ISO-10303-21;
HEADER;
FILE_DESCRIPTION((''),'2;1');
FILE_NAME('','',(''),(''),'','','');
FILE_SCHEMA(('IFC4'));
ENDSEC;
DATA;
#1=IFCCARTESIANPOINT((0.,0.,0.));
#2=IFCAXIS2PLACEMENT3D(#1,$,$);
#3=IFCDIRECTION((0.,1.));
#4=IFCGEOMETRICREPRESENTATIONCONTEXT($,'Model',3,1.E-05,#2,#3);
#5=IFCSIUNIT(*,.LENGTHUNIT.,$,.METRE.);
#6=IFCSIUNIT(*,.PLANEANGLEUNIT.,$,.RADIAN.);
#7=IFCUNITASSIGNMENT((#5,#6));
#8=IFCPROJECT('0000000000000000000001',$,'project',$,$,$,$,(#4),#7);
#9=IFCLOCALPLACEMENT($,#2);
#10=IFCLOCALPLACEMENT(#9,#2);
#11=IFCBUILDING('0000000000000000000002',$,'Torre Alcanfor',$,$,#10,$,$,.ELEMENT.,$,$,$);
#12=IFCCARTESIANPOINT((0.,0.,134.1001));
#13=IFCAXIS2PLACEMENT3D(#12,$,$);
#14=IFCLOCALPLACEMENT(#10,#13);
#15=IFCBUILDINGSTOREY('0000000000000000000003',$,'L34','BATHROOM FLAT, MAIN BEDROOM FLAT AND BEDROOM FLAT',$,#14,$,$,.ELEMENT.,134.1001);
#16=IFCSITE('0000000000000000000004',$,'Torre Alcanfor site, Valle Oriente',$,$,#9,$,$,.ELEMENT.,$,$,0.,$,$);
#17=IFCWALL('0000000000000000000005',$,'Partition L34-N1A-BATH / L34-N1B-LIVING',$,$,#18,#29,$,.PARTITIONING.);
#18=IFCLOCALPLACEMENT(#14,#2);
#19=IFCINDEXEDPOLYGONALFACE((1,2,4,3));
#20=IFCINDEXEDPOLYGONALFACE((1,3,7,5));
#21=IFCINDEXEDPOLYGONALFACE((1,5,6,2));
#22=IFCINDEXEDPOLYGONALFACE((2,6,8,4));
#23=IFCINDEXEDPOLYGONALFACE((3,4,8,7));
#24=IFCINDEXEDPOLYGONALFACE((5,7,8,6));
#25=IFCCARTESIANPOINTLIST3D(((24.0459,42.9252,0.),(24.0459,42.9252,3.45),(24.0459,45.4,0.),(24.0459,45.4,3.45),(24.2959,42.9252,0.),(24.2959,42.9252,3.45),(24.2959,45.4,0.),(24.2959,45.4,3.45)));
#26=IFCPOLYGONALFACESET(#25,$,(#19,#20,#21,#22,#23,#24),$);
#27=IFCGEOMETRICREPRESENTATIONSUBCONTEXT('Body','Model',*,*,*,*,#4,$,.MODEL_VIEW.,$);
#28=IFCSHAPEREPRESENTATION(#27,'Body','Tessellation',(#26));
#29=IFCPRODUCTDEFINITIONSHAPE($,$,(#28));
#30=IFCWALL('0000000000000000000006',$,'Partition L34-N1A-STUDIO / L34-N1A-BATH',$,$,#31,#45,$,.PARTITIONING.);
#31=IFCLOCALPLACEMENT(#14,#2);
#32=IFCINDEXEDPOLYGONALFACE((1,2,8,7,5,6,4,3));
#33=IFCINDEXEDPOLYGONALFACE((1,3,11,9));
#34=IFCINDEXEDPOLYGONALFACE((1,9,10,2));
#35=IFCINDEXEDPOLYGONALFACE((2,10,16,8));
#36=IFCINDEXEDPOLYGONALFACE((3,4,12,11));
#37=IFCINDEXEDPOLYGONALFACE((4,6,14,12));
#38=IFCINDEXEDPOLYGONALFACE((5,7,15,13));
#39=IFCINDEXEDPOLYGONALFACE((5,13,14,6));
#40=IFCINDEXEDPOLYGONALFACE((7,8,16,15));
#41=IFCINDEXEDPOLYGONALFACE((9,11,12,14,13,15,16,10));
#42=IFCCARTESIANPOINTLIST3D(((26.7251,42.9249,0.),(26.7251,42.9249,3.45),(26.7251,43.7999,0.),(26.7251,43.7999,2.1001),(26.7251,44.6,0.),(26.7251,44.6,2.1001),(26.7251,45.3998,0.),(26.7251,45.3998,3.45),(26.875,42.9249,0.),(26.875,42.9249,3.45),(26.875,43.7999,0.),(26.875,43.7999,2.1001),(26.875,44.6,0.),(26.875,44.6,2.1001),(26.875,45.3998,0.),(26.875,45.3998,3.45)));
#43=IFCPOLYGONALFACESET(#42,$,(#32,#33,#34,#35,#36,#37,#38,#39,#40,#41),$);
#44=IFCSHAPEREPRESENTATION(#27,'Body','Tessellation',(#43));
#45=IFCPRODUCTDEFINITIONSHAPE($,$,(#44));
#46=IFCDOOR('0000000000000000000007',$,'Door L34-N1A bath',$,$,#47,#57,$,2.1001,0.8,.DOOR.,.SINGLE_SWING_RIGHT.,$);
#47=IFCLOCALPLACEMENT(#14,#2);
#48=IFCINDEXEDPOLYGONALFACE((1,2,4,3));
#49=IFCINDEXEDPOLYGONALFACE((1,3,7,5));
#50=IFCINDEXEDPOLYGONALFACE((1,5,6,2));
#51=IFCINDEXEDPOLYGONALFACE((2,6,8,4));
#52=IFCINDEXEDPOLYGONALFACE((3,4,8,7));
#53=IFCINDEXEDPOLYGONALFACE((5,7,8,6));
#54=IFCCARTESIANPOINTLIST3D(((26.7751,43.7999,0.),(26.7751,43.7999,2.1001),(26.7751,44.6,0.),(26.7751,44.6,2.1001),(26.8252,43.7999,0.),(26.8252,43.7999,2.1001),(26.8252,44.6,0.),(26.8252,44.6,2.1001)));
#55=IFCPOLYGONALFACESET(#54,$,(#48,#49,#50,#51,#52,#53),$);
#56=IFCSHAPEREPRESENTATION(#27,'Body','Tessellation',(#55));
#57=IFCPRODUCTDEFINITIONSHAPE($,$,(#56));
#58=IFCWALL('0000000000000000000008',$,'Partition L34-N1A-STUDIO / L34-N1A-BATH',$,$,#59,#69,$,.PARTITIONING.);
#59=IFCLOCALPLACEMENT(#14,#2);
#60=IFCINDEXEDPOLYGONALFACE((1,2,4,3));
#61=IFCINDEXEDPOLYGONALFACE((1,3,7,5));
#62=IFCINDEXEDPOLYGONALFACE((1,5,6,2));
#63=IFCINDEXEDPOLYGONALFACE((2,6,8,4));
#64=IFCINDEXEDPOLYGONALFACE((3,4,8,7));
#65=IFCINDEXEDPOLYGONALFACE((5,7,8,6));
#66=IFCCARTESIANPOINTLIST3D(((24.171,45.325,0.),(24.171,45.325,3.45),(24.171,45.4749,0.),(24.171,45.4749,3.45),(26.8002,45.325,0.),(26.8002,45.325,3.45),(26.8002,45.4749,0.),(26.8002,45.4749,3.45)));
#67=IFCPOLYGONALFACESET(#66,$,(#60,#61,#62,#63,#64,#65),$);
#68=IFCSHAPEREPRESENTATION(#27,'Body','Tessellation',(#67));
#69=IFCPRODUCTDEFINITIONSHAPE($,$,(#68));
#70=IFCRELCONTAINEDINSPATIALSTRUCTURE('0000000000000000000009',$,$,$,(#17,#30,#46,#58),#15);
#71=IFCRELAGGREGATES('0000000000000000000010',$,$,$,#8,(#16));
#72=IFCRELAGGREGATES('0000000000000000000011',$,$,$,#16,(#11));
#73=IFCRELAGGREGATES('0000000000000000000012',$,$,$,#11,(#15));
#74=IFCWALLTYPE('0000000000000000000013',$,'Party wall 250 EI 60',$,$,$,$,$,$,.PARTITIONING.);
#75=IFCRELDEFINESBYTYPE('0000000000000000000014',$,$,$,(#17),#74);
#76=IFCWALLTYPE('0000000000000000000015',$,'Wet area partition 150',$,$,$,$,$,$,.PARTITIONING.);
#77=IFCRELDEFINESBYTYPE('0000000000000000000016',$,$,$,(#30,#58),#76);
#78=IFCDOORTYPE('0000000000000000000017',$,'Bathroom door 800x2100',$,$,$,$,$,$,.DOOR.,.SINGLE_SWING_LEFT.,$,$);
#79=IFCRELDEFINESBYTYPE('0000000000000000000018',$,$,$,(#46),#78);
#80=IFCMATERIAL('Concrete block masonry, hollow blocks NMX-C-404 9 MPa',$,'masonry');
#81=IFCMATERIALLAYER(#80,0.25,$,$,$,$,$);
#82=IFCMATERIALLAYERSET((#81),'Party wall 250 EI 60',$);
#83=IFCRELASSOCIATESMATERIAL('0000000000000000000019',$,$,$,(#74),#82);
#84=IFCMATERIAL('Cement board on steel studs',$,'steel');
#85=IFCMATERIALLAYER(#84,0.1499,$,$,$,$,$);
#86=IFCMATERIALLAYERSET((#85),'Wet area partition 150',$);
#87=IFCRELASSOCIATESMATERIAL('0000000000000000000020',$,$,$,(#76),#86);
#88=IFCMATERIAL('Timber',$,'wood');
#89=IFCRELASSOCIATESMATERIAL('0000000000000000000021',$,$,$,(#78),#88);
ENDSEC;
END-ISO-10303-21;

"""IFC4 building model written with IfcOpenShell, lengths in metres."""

from ifc_helpers import new_model, si_unit, direction, frame, frame_2d, origin, place, context, subcontext, project, spatial, rectangle, extrude, material, layer, layer_set, type_object, element, fill, save


model = new_model("IFC4")

# Units and contexts
model_context = context("Model", 3, precision=1e-05, world=origin(), true_north=direction((0.0, 1.0)))
body_context = subcontext(model_context, "Body", "Model", "MODEL_VIEW")
ifc_project = project(units=[si_unit("LENGTHUNIT", "METRE"), si_unit("PLANEANGLEUNIT", "RADIAN")], contexts=[model_context])

# Site, building, storey
site_placement = place(None, origin())
site = spatial("IfcSite", under=ifc_project, at=site_placement, Name="Torre Alcanfor site, Valle Oriente", CompositionType="ELEMENT", RefElevation=0.0)
building_placement = place(site_placement, origin())
building = spatial("IfcBuilding", under=site, at=building_placement, Name="Torre Alcanfor", CompositionType="ELEMENT")
storey_placement = place(building_placement, frame((0.0, 0.0, 134.1001)))
storey = spatial("IfcBuildingStorey", under=building, at=storey_placement, Name="L34", Description="BATHROOM FLAT, MAIN BEDROOM FLAT AND BEDROOM FLAT", CompositionType="ELEMENT", Elevation=134.1001)

# Wall
ifc_material_1 = material(Name="Concrete block masonry, hollow blocks NMX-C-404 9 MPa", Category="masonry")
ifc_layer_1 = layer(ifc_material_1, 0.25)
ifc_layer_set_1 = layer_set([ifc_layer_1], Name="Party wall 250 EI 60")
wall_type_1 = type_object("IfcWallType", Name="Party wall 250 EI 60", PredefinedType="PARTITIONING", material=ifc_layer_set_1)
wall_1_placement = place(storey_placement, frame((24.1709, 45.3999, 0.0), z_axis=(0.0, 0.0, 1.0), x_axis=(0.0, -1.0, 0.0)))
element("IfcWall", 1, at=wall_1_placement, inside=storey, type_object=wall_type_1, Name="Partition L34-N1A-BATH / L34-N1B-LIVING", PredefinedType="PARTITIONING", context=body_context, shape_type="SweptSolid", body=[
    extrude(rectangle(XDim=2.4749, YDim=0.25, at=frame_2d((1.2373, 0.0))), origin(), (0.0, 0.0, 1.0), 3.45),
])

# Wall, opening, door
ifc_material_2 = material(Name="Cement board on steel studs", Category="steel")
ifc_layer_2 = layer(ifc_material_2, 0.1499)
ifc_layer_set_2 = layer_set([ifc_layer_2], Name="Wet area partition 150")
wall_type_2 = type_object("IfcWallType", Name="Wet area partition 150", PredefinedType="PARTITIONING", material=ifc_layer_set_2)
wall_2_placement = place(storey_placement, frame((26.8, 42.925, 0.0), z_axis=(0.0, 0.0, 1.0), x_axis=(0.0, 1.0, 0.0)))
wall_2 = element("IfcWall", 2, at=wall_2_placement, inside=storey, type_object=wall_type_2, Name="Partition L34-N1A-STUDIO / L34-N1A-BATH", PredefinedType="PARTITIONING", context=body_context, shape_type="SweptSolid", body=[
    extrude(rectangle(XDim=2.4749, YDim=0.1499, at=frame_2d((1.2373, 0.0))), origin(), (0.0, 0.0, 1.0), 3.45),
])
opening_1_placement = place(wall_2_placement, frame((0.875, 0.0, 0.0)))
opening_1 = element("IfcOpeningElement", 3, at=opening_1_placement, cuts=wall_2, PredefinedType="OPENING", context=body_context, shape_type="SweptSolid", body=[
    extrude(rectangle(XDim=0.8, YDim=2.1001, at=frame_2d((0.3999, 1.05))), frame((0.0, 0.085, 0.0), z_axis=(0.0, -1.0, 0.0), x_axis=(1.0, 0.0, 0.0)), (0.0, 0.0, 1.0), 0.1699),
])
ifc_material_3 = material(Name="Timber", Category="wood")
door_type_1 = type_object("IfcDoorType", Name="Bathroom door 800x2100", OperationType="SINGLE_SWING_LEFT", PredefinedType="DOOR", material=ifc_material_3)
door_1_placement = place(opening_1_placement, origin())
door_1 = element("IfcDoor", 4, at=door_1_placement, inside=storey, type_object=door_type_1, Name="Door L34-N1A bath", OperationType="SINGLE_SWING_RIGHT", OverallHeight=2.1001, OverallWidth=0.8, PredefinedType="DOOR", context=body_context, shape_type="SweptSolid", body=[
    extrude(rectangle(XDim=0.8, YDim=2.1001, at=frame_2d((0.3999, 1.05))), frame((0.0, 0.0249, 0.0), z_axis=(0.0, -1.0, 0.0), x_axis=(1.0, 0.0, 0.0)), (0.0, 0.0, 1.0), 0.05),
])
fill(opening_1, door_1)

# Wall
wall_3_placement = place(storey_placement, frame((26.8, 45.3999, 0.0), z_axis=(0.0, 0.0, 1.0), x_axis=(-1.0, 0.0, 0.0)))
element("IfcWall", 5, at=wall_3_placement, inside=storey, type_object=wall_type_2, Name="Partition L34-N1A-STUDIO / L34-N1A-BATH", PredefinedType="PARTITIONING", context=body_context, shape_type="SweptSolid", body=[
    extrude(rectangle(XDim=2.6292, YDim=0.1499, at=frame_2d((1.3145, 0.0))), origin(), (0.0, 0.0, 1.0), 3.45),
])

save(model, "model.ifc")
